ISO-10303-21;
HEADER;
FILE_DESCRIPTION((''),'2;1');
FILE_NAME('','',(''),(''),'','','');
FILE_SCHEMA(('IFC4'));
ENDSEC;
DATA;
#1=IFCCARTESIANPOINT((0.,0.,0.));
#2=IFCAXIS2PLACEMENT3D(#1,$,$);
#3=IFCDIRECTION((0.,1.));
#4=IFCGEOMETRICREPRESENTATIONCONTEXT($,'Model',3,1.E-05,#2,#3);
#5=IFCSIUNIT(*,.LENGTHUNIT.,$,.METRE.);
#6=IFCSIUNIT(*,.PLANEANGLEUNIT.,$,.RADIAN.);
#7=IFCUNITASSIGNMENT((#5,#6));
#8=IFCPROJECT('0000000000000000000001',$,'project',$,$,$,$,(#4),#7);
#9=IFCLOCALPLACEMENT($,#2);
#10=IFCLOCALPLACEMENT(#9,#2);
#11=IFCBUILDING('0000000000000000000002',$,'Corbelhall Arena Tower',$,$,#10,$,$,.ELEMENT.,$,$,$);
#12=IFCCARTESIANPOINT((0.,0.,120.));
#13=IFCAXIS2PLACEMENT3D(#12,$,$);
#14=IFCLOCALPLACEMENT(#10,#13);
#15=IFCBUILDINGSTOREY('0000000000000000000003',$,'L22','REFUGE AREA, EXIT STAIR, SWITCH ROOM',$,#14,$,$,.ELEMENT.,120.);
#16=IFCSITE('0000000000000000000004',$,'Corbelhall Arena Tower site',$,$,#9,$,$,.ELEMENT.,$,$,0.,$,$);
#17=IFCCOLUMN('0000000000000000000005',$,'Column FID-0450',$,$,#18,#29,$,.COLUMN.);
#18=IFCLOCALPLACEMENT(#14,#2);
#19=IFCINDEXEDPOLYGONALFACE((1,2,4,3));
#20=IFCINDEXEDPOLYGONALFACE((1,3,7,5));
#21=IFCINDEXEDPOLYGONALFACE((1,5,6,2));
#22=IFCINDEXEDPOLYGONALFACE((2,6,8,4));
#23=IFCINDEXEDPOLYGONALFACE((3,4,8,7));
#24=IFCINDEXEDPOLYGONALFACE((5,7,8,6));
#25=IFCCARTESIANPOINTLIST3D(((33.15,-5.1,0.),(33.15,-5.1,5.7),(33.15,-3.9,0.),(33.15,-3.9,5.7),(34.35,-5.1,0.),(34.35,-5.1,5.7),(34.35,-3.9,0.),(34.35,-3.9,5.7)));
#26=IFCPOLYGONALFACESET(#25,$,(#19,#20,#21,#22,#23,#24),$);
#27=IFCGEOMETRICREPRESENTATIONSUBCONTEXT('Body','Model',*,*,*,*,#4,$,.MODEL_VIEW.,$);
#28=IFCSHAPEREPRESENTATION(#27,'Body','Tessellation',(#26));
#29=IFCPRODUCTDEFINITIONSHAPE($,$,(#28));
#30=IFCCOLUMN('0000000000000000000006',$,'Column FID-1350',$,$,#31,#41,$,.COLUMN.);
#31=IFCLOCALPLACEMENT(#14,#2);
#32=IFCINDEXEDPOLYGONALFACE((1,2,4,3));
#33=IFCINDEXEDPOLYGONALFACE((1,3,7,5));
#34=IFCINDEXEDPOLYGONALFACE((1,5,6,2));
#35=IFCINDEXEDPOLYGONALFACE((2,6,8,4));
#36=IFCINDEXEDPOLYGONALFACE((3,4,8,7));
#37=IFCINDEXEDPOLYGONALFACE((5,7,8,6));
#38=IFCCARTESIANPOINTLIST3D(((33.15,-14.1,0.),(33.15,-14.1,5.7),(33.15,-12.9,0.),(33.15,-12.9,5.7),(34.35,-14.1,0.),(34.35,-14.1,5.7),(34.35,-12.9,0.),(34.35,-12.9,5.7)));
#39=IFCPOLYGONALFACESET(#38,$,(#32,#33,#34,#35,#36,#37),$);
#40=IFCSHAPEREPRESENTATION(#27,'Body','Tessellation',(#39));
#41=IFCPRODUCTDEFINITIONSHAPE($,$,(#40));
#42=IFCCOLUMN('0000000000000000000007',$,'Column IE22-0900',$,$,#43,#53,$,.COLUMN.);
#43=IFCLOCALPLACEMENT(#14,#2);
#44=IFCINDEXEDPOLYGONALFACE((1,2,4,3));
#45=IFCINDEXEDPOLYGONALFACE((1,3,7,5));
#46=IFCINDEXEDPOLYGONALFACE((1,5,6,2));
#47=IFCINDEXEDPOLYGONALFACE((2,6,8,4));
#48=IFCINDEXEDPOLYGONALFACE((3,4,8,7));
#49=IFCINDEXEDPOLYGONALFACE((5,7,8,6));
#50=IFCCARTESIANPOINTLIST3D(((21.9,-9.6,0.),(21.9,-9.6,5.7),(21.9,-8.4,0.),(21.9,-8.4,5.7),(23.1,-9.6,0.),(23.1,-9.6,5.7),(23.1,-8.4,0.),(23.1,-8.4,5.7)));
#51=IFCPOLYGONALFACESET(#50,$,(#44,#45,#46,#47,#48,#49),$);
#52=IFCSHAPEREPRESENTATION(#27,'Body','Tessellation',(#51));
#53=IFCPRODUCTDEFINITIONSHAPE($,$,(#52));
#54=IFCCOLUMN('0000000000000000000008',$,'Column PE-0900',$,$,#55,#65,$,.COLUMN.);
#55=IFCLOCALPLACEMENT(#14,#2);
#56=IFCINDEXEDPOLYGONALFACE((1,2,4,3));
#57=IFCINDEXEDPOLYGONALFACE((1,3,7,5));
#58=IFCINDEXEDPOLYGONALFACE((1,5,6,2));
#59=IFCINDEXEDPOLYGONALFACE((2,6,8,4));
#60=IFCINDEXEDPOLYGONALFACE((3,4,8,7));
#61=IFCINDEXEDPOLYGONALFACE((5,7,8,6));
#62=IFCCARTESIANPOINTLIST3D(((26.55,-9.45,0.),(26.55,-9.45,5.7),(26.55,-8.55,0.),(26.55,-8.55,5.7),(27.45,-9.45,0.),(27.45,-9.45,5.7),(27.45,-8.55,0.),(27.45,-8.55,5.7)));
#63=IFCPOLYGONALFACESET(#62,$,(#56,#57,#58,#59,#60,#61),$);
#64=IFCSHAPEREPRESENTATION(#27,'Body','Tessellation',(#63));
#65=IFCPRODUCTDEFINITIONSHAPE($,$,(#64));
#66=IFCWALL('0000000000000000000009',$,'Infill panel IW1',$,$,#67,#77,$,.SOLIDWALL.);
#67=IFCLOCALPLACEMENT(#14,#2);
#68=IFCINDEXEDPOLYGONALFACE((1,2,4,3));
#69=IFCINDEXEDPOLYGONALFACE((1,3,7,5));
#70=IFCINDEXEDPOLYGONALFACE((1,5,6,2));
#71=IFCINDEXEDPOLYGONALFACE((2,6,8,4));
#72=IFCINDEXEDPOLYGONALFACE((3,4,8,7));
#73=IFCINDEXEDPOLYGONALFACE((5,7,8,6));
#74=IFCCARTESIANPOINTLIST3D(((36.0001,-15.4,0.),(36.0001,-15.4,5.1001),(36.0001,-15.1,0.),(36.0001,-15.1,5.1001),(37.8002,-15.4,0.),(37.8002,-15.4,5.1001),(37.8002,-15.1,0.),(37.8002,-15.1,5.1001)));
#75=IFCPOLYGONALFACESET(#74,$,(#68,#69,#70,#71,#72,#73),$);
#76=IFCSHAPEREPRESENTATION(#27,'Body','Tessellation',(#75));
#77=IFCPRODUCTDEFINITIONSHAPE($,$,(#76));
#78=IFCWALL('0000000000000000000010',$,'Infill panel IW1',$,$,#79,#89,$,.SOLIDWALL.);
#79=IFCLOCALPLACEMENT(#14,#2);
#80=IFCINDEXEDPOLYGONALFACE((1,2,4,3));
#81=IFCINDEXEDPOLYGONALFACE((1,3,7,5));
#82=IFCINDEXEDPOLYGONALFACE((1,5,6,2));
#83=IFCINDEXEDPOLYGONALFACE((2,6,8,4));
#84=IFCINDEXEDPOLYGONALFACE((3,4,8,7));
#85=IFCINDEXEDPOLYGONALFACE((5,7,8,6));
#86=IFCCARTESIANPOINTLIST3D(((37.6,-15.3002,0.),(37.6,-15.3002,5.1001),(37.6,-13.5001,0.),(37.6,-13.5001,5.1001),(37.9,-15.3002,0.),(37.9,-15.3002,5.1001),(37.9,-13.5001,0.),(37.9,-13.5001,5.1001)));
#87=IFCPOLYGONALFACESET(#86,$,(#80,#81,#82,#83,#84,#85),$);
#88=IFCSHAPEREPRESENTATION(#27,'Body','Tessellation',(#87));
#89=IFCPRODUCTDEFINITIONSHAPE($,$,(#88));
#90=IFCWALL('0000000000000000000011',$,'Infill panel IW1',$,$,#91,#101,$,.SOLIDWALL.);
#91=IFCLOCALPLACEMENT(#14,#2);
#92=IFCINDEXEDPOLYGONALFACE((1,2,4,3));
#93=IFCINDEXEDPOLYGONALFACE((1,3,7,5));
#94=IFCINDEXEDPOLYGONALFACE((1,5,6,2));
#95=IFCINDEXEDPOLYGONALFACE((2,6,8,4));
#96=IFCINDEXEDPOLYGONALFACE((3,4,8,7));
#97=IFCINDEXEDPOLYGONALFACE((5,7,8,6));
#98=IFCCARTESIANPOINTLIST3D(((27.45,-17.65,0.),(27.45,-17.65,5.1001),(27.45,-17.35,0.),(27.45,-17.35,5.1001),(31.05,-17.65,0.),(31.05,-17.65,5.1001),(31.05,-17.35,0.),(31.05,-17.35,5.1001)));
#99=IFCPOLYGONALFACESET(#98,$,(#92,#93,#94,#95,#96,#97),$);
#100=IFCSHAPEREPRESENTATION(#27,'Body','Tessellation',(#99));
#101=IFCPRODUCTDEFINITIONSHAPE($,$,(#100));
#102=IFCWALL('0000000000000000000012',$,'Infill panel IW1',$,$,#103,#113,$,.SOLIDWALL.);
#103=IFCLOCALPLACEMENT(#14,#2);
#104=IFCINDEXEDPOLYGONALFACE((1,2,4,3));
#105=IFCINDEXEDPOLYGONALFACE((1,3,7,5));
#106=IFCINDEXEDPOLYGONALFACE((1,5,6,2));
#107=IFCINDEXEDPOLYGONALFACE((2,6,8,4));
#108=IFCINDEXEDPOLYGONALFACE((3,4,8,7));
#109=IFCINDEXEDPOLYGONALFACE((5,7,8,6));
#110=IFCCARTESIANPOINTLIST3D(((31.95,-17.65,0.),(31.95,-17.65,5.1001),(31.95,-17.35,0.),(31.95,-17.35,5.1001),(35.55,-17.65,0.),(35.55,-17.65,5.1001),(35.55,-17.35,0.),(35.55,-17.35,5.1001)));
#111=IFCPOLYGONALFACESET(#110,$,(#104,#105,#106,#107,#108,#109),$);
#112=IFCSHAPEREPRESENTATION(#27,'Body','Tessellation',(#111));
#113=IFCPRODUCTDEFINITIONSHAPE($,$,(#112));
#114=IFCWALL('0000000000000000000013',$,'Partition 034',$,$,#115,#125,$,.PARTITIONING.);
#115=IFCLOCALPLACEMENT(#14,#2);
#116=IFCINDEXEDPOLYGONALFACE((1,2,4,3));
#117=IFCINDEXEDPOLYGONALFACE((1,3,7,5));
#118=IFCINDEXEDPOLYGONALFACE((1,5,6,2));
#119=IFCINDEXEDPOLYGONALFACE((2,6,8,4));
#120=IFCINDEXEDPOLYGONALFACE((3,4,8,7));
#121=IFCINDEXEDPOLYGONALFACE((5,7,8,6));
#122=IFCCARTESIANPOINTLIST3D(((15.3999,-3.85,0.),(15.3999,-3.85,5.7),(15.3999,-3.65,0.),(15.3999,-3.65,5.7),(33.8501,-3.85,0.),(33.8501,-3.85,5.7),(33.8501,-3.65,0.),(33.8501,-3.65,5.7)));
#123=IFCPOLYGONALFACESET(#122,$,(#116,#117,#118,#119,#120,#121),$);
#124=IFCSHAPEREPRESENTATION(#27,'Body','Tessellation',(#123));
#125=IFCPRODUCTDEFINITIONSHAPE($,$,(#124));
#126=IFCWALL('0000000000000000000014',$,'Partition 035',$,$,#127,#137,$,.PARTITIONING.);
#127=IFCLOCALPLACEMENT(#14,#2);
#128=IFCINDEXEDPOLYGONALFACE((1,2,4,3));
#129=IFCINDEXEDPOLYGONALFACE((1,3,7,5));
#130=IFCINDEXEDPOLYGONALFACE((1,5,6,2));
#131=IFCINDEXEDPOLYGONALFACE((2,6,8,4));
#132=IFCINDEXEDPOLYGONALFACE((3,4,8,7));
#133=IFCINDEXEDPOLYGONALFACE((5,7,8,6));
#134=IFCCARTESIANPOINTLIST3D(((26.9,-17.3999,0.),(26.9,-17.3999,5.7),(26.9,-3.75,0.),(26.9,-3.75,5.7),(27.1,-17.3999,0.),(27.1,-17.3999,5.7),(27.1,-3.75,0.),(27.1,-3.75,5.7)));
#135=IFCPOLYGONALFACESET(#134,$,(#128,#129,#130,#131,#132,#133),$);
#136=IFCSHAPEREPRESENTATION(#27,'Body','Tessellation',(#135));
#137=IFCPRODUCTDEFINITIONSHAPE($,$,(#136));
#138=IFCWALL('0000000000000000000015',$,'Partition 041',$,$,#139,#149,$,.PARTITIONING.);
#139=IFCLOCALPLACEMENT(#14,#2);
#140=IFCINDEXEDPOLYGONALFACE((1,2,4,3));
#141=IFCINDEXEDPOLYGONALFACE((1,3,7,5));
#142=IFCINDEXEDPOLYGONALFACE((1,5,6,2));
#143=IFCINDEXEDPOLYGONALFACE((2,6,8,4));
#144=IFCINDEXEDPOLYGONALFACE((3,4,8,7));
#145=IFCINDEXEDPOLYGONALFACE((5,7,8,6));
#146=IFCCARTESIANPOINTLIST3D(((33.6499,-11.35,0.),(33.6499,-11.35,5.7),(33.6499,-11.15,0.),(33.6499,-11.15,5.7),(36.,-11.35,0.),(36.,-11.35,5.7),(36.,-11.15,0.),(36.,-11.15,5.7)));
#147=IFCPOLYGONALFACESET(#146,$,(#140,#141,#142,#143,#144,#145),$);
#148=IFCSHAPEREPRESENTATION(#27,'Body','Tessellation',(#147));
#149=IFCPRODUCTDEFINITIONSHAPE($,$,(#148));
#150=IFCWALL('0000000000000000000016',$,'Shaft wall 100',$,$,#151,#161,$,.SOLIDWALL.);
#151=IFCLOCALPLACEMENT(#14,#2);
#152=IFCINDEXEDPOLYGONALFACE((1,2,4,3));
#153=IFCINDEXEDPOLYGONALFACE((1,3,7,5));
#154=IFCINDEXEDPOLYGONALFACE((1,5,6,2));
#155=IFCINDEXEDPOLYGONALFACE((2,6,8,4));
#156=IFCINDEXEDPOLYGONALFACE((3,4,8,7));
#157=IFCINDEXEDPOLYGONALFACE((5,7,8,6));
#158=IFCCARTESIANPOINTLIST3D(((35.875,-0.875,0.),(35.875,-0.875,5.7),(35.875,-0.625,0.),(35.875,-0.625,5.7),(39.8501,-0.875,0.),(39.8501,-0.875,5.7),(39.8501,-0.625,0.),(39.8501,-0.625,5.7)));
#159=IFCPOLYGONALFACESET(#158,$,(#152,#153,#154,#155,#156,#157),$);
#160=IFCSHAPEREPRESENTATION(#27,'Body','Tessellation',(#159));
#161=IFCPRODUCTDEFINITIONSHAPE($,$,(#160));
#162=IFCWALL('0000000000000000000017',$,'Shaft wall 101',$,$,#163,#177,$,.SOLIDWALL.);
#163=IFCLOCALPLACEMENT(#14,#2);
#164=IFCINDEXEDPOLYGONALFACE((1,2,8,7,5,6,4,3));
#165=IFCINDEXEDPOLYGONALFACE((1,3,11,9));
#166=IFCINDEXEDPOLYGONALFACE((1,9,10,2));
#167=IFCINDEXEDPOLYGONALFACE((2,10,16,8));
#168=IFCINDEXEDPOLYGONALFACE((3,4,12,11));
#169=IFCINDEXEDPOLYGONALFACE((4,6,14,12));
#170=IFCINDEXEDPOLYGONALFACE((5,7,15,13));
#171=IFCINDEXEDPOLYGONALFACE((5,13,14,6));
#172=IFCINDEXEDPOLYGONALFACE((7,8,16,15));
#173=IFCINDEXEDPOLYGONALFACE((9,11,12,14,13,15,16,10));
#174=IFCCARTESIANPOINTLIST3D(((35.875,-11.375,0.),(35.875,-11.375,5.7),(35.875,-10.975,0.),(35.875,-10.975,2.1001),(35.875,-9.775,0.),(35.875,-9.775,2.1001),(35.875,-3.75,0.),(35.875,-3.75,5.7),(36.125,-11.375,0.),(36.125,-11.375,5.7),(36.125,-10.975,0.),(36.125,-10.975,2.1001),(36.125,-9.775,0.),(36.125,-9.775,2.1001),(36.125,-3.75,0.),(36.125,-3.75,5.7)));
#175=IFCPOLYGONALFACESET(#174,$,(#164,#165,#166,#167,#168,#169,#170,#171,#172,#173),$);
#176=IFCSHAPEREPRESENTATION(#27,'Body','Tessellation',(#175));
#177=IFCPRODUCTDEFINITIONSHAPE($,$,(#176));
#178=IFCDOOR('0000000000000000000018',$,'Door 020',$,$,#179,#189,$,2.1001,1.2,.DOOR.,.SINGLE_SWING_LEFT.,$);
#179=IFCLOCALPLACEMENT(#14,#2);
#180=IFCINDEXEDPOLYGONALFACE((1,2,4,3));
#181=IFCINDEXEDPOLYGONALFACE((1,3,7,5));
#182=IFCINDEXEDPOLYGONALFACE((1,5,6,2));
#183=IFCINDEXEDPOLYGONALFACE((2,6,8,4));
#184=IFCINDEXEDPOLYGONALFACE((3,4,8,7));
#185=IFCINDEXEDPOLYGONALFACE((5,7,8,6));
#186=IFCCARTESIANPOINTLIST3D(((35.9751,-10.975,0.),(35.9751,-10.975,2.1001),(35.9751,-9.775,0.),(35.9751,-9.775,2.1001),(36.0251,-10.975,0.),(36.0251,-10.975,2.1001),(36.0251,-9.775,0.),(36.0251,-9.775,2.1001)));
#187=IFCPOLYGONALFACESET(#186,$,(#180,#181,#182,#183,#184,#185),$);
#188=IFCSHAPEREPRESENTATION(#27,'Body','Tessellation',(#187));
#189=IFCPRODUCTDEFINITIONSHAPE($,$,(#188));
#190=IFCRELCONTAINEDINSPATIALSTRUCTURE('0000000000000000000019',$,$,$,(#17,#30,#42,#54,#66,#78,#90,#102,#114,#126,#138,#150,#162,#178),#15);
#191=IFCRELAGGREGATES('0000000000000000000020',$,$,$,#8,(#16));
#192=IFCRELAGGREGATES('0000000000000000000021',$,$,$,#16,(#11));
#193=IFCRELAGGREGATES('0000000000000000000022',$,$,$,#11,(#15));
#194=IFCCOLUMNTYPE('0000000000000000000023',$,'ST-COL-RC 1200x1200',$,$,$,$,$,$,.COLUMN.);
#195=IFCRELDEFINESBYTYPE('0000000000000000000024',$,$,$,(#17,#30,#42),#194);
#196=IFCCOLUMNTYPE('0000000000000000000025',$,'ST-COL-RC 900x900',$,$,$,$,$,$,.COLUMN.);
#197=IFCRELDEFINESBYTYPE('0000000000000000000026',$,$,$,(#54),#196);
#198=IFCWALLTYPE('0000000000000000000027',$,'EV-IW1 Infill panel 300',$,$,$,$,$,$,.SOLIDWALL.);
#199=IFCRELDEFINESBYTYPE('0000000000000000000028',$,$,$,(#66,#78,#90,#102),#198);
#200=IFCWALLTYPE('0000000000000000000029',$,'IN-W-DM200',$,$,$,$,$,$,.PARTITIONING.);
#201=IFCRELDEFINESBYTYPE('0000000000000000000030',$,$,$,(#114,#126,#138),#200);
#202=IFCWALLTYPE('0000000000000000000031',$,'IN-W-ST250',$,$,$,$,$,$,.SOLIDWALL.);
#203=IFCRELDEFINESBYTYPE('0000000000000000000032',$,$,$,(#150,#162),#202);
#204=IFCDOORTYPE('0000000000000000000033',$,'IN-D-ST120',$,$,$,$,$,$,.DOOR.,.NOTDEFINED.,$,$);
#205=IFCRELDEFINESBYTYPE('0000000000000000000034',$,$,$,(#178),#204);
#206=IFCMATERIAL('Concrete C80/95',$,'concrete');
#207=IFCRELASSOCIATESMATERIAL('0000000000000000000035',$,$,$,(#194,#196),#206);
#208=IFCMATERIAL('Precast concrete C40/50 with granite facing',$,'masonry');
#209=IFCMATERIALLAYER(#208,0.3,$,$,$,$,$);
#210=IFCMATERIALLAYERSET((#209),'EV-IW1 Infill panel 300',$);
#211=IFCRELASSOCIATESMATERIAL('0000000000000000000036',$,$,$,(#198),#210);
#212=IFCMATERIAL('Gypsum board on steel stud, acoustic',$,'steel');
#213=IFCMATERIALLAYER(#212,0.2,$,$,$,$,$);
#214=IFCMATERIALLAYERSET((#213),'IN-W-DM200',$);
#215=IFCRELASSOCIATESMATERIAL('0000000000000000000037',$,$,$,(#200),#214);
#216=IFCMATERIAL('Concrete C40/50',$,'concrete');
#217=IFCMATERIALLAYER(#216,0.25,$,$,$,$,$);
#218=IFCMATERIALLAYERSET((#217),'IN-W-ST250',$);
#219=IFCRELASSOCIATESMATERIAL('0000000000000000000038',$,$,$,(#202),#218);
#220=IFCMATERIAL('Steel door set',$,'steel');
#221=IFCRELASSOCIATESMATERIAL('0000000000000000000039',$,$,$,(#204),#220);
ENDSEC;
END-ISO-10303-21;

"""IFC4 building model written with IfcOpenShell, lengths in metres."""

from ifc_helpers import new_model, si_unit, direction, frame, frame_2d, origin, origin_2d, place, context, subcontext, project, spatial, rectangle, extrude, material, layer, layer_set, material_profile, profile_set, type_object, element, fill, save


model = new_model("IFC4")

# Units and contexts
model_context = context("Model", 3, precision=1e-05, world=origin(), true_north=direction((0.0, 1.0)))
body_context = subcontext(model_context, "Body", "Model", "MODEL_VIEW")
ifc_project = project(units=[si_unit("LENGTHUNIT", "METRE"), si_unit("PLANEANGLEUNIT", "RADIAN")], contexts=[model_context])

# Site, building, storey
site_placement = place(None, origin())
site = spatial("IfcSite", under=ifc_project, at=site_placement, Name="Corbelhall Arena Tower site", CompositionType="ELEMENT", RefElevation=0.0)
building_placement = place(site_placement, origin())
building = spatial("IfcBuilding", under=site, at=building_placement, Name="Corbelhall Arena Tower", CompositionType="ELEMENT")
storey_placement = place(building_placement, frame((0.0, 0.0, 120.0)))
storey = spatial("IfcBuildingStorey", under=building, at=storey_placement, Name="L22", Description="REFUGE AREA, EXIT STAIR, SWITCH ROOM", CompositionType="ELEMENT", Elevation=120.0)

# Columns
ifc_material_1 = material(Name="Concrete C80/95", Category="concrete")
ifc_material_profile_1 = material_profile(ifc_material_1, rectangle(XDim=1.2, YDim=1.2, at=origin_2d()))
ifc_profile_set_1 = profile_set([ifc_material_profile_1], Name="Concrete C80/95")
column_type_1 = type_object("IfcColumnType", Name="ST-COL-RC 1200x1200", PredefinedType="COLUMN", material=ifc_profile_set_1)
for number, where, z_axis, x_axis, name in (
    (1, (33.75, -4.5, 0.0), (0.0, 0.0, 1.0), (1.0, 0.0, 0.0), "Column FID-0450"),
    (2, (33.75, -13.5, 0.0), (0.0, 0.0, 1.0), (1.0, 0.0, 0.0), "Column FID-1350"),
    (3, (22.5, -9.0, 0.0), (0.0, 0.0, 1.0), (1.0, 0.0, 0.0), "Column IE22-0900"),
):
    element("IfcColumn", number, at=place(storey_placement, frame(where, z_axis=z_axis, x_axis=x_axis)), inside=storey, type_object=column_type_1, Name=name, PredefinedType="COLUMN", context=body_context, shape_type="SweptSolid", body=[
        extrude(rectangle(XDim=1.2, YDim=1.2, at=origin_2d()), origin(), (0.0, 0.0, 1.0), 5.7),
    ])
ifc_material_profile_2 = material_profile(ifc_material_1, rectangle(XDim=0.8999, YDim=0.8999, at=origin_2d()))
ifc_profile_set_2 = profile_set([ifc_material_profile_2], Name="Concrete C80/95")
column_type_2 = type_object("IfcColumnType", Name="ST-COL-RC 900x900", PredefinedType="COLUMN", material=ifc_profile_set_2)
column_placement = place(storey_placement, frame((27.0, -9.0, 0.0), z_axis=(0.0, 0.0, 1.0), x_axis=(1.0, 0.0, 0.0)))
element("IfcColumn", 4, at=column_placement, inside=storey, type_object=column_type_2, Name="Column PE-0900", PredefinedType="COLUMN", context=body_context, shape_type="SweptSolid", body=[
    extrude(rectangle(XDim=0.8999, YDim=0.8999, at=origin_2d()), origin(), (0.0, 0.0, 1.0), 5.7),
])

# Walls
ifc_material_2 = material(Name="Precast concrete C40/50 with granite facing", Category="masonry")
ifc_layer_1 = layer(ifc_material_2, 0.3)
ifc_layer_set_1 = layer_set([ifc_layer_1], Name="EV-IW1 Infill panel 300")
wall_type_1 = type_object("IfcWallType", Name="EV-IW1 Infill panel 300", PredefinedType="SOLIDWALL", material=ifc_layer_set_1)
for number, where, z_axis, x_axis, name in (
    (5, (37.8, -15.25, 0.0), (0.0, 0.0, 1.0), (-1.0, 0.0, 0.0), "Infill panel IW1"),
    (6, (37.75, -15.3, 0.0), (0.0, 0.0, 1.0), (0.0, 1.0, 0.0), "Infill panel IW1"),
):
    element("IfcWall", number, at=place(storey_placement, frame(where, z_axis=z_axis, x_axis=x_axis)), inside=storey, type_object=wall_type_1, Name=name, PredefinedType="SOLIDWALL", context=body_context, shape_type="SweptSolid", body=[
        extrude(rectangle(XDim=1.8, YDim=0.3, at=frame_2d((0.8999, 0.0))), origin(), (0.0, 0.0, 1.0), 5.1001),
    ])
for number, where, z_axis, x_axis, name in (
    (7, (27.45, -17.5, 0.0), (0.0, 0.0, 1.0), (1.0, 0.0, 0.0), "Infill panel IW1"),
    (8, (31.95, -17.5, 0.0), (0.0, 0.0, 1.0), (1.0, 0.0, 0.0), "Infill panel IW1"),
):
    element("IfcWall", number, at=place(storey_placement, frame(where, z_axis=z_axis, x_axis=x_axis)), inside=storey, type_object=wall_type_1, Name=name, PredefinedType="SOLIDWALL", context=body_context, shape_type="SweptSolid", body=[
        extrude(rectangle(XDim=3.6001, YDim=0.3, at=frame_2d((1.8, 0.0))), origin(), (0.0, 0.0, 1.0), 5.1001),
    ])
ifc_material_3 = material(Name="Gypsum board on steel stud, acoustic", Category="steel")
ifc_layer_2 = layer(ifc_material_3, 0.2)
ifc_layer_set_2 = layer_set([ifc_layer_2], Name="IN-W-DM200")
wall_type_2 = type_object("IfcWallType", Name="IN-W-DM200", PredefinedType="PARTITIONING", material=ifc_layer_set_2)
wall_1_placement = place(storey_placement, frame((33.8501, -3.75, 0.0), z_axis=(0.0, 0.0, 1.0), x_axis=(-1.0, 0.0, 0.0)))
element("IfcWall", 9, at=wall_1_placement, inside=storey, type_object=wall_type_2, Name="Partition 034", PredefinedType="PARTITIONING", context=body_context, shape_type="SweptSolid", body=[
    extrude(rectangle(XDim=18.4502, YDim=0.2, at=frame_2d((9.2251, 0.0))), origin(), (0.0, 0.0, 1.0), 5.7),
])
wall_2_placement = place(storey_placement, frame((27.0, -3.75, 0.0), z_axis=(0.0, 0.0, 1.0), x_axis=(0.0, -1.0, 0.0)))
element("IfcWall", 10, at=wall_2_placement, inside=storey, type_object=wall_type_2, Name="Partition 035", PredefinedType="PARTITIONING", context=body_context, shape_type="SweptSolid", body=[
    extrude(rectangle(XDim=13.6499, YDim=0.2, at=frame_2d((6.825, 0.0))), origin(), (0.0, 0.0, 1.0), 5.7),
])

# Shared definitions
ifc_material_4 = material(Name="Steel door set", Category="steel")

# Walls
wall_3_placement = place(storey_placement, frame((36.0, -11.25, 0.0), z_axis=(0.0, 0.0, 1.0), x_axis=(-1.0, 0.0, 0.0)))
element("IfcWall", 11, at=wall_3_placement, inside=storey, type_object=wall_type_2, Name="Partition 041", PredefinedType="PARTITIONING", context=body_context, shape_type="SweptSolid", body=[
    extrude(rectangle(XDim=2.3501, YDim=0.2, at=frame_2d((1.175, 0.0))), origin(), (0.0, 0.0, 1.0), 5.7),
])
ifc_material_5 = material(Name="Concrete C40/50", Category="concrete")
ifc_layer_3 = layer(ifc_material_5, 0.25)
ifc_layer_set_3 = layer_set([ifc_layer_3], Name="IN-W-ST250")
wall_type_3 = type_object("IfcWallType", Name="IN-W-ST250", PredefinedType="SOLIDWALL", material=ifc_layer_set_3)
wall_4_placement = place(storey_placement, frame((35.875, -0.75, 0.0), z_axis=(0.0, 0.0, 1.0), x_axis=(1.0, 0.0, 0.0)))
element("IfcWall", 12, at=wall_4_placement, inside=storey, type_object=wall_type_3, Name="Shaft wall 100", PredefinedType="SOLIDWALL", context=body_context, shape_type="SweptSolid", body=[
    extrude(rectangle(XDim=3.9751, YDim=0.25, at=frame_2d((1.9875, 0.0))), origin(), (0.0, 0.0, 1.0), 5.7),
])

# Wall, opening, door
wall_5_placement = place(storey_placement, frame((36.0, -11.375, 0.0), z_axis=(0.0, 0.0, 1.0), x_axis=(0.0, 1.0, 0.0)))
wall_5 = element("IfcWall", 13, at=wall_5_placement, inside=storey, type_object=wall_type_3, Name="Shaft wall 101", PredefinedType="SOLIDWALL", context=body_context, shape_type="SweptSolid", body=[
    extrude(rectangle(XDim=7.625, YDim=0.25, at=frame_2d((3.8125, 0.0))), origin(), (0.0, 0.0, 1.0), 5.7),
])
opening_1_placement = place(wall_5_placement, frame((0.3999, 0.0, 0.0)))
opening_1 = element("IfcOpeningElement", 14, at=opening_1_placement, cuts=wall_5, PredefinedType="OPENING", context=body_context, shape_type="SweptSolid", body=[
    extrude(rectangle(XDim=1.2, YDim=2.1001, at=frame_2d((0.6001, 1.05))), frame((0.0, 0.125, 0.0), z_axis=(0.0, -1.0, 0.0), x_axis=(1.0, 0.0, 0.0)), (0.0, 0.0, 1.0), 0.25),
])
door_type_1 = type_object("IfcDoorType", Name="IN-D-ST120", OperationType="NOTDEFINED", PredefinedType="DOOR", material=ifc_material_4)
door_1_placement = place(opening_1_placement, origin())
door_1 = element("IfcDoor", 15, at=door_1_placement, inside=storey, type_object=door_type_1, Name="Door 020", OperationType="SINGLE_SWING_LEFT", OverallHeight=2.1001, OverallWidth=1.2, PredefinedType="DOOR", context=body_context, shape_type="SweptSolid", body=[
    extrude(rectangle(XDim=1.2, YDim=2.1001, at=frame_2d((0.6001, 1.05))), frame((0.0, 0.0249, 0.0), z_axis=(0.0, -1.0, 0.0), x_axis=(1.0, 0.0, 0.0)), (0.0, 0.0, 1.0), 0.05),
])
fill(opening_1, door_1)

save(model, "model.ifc")
